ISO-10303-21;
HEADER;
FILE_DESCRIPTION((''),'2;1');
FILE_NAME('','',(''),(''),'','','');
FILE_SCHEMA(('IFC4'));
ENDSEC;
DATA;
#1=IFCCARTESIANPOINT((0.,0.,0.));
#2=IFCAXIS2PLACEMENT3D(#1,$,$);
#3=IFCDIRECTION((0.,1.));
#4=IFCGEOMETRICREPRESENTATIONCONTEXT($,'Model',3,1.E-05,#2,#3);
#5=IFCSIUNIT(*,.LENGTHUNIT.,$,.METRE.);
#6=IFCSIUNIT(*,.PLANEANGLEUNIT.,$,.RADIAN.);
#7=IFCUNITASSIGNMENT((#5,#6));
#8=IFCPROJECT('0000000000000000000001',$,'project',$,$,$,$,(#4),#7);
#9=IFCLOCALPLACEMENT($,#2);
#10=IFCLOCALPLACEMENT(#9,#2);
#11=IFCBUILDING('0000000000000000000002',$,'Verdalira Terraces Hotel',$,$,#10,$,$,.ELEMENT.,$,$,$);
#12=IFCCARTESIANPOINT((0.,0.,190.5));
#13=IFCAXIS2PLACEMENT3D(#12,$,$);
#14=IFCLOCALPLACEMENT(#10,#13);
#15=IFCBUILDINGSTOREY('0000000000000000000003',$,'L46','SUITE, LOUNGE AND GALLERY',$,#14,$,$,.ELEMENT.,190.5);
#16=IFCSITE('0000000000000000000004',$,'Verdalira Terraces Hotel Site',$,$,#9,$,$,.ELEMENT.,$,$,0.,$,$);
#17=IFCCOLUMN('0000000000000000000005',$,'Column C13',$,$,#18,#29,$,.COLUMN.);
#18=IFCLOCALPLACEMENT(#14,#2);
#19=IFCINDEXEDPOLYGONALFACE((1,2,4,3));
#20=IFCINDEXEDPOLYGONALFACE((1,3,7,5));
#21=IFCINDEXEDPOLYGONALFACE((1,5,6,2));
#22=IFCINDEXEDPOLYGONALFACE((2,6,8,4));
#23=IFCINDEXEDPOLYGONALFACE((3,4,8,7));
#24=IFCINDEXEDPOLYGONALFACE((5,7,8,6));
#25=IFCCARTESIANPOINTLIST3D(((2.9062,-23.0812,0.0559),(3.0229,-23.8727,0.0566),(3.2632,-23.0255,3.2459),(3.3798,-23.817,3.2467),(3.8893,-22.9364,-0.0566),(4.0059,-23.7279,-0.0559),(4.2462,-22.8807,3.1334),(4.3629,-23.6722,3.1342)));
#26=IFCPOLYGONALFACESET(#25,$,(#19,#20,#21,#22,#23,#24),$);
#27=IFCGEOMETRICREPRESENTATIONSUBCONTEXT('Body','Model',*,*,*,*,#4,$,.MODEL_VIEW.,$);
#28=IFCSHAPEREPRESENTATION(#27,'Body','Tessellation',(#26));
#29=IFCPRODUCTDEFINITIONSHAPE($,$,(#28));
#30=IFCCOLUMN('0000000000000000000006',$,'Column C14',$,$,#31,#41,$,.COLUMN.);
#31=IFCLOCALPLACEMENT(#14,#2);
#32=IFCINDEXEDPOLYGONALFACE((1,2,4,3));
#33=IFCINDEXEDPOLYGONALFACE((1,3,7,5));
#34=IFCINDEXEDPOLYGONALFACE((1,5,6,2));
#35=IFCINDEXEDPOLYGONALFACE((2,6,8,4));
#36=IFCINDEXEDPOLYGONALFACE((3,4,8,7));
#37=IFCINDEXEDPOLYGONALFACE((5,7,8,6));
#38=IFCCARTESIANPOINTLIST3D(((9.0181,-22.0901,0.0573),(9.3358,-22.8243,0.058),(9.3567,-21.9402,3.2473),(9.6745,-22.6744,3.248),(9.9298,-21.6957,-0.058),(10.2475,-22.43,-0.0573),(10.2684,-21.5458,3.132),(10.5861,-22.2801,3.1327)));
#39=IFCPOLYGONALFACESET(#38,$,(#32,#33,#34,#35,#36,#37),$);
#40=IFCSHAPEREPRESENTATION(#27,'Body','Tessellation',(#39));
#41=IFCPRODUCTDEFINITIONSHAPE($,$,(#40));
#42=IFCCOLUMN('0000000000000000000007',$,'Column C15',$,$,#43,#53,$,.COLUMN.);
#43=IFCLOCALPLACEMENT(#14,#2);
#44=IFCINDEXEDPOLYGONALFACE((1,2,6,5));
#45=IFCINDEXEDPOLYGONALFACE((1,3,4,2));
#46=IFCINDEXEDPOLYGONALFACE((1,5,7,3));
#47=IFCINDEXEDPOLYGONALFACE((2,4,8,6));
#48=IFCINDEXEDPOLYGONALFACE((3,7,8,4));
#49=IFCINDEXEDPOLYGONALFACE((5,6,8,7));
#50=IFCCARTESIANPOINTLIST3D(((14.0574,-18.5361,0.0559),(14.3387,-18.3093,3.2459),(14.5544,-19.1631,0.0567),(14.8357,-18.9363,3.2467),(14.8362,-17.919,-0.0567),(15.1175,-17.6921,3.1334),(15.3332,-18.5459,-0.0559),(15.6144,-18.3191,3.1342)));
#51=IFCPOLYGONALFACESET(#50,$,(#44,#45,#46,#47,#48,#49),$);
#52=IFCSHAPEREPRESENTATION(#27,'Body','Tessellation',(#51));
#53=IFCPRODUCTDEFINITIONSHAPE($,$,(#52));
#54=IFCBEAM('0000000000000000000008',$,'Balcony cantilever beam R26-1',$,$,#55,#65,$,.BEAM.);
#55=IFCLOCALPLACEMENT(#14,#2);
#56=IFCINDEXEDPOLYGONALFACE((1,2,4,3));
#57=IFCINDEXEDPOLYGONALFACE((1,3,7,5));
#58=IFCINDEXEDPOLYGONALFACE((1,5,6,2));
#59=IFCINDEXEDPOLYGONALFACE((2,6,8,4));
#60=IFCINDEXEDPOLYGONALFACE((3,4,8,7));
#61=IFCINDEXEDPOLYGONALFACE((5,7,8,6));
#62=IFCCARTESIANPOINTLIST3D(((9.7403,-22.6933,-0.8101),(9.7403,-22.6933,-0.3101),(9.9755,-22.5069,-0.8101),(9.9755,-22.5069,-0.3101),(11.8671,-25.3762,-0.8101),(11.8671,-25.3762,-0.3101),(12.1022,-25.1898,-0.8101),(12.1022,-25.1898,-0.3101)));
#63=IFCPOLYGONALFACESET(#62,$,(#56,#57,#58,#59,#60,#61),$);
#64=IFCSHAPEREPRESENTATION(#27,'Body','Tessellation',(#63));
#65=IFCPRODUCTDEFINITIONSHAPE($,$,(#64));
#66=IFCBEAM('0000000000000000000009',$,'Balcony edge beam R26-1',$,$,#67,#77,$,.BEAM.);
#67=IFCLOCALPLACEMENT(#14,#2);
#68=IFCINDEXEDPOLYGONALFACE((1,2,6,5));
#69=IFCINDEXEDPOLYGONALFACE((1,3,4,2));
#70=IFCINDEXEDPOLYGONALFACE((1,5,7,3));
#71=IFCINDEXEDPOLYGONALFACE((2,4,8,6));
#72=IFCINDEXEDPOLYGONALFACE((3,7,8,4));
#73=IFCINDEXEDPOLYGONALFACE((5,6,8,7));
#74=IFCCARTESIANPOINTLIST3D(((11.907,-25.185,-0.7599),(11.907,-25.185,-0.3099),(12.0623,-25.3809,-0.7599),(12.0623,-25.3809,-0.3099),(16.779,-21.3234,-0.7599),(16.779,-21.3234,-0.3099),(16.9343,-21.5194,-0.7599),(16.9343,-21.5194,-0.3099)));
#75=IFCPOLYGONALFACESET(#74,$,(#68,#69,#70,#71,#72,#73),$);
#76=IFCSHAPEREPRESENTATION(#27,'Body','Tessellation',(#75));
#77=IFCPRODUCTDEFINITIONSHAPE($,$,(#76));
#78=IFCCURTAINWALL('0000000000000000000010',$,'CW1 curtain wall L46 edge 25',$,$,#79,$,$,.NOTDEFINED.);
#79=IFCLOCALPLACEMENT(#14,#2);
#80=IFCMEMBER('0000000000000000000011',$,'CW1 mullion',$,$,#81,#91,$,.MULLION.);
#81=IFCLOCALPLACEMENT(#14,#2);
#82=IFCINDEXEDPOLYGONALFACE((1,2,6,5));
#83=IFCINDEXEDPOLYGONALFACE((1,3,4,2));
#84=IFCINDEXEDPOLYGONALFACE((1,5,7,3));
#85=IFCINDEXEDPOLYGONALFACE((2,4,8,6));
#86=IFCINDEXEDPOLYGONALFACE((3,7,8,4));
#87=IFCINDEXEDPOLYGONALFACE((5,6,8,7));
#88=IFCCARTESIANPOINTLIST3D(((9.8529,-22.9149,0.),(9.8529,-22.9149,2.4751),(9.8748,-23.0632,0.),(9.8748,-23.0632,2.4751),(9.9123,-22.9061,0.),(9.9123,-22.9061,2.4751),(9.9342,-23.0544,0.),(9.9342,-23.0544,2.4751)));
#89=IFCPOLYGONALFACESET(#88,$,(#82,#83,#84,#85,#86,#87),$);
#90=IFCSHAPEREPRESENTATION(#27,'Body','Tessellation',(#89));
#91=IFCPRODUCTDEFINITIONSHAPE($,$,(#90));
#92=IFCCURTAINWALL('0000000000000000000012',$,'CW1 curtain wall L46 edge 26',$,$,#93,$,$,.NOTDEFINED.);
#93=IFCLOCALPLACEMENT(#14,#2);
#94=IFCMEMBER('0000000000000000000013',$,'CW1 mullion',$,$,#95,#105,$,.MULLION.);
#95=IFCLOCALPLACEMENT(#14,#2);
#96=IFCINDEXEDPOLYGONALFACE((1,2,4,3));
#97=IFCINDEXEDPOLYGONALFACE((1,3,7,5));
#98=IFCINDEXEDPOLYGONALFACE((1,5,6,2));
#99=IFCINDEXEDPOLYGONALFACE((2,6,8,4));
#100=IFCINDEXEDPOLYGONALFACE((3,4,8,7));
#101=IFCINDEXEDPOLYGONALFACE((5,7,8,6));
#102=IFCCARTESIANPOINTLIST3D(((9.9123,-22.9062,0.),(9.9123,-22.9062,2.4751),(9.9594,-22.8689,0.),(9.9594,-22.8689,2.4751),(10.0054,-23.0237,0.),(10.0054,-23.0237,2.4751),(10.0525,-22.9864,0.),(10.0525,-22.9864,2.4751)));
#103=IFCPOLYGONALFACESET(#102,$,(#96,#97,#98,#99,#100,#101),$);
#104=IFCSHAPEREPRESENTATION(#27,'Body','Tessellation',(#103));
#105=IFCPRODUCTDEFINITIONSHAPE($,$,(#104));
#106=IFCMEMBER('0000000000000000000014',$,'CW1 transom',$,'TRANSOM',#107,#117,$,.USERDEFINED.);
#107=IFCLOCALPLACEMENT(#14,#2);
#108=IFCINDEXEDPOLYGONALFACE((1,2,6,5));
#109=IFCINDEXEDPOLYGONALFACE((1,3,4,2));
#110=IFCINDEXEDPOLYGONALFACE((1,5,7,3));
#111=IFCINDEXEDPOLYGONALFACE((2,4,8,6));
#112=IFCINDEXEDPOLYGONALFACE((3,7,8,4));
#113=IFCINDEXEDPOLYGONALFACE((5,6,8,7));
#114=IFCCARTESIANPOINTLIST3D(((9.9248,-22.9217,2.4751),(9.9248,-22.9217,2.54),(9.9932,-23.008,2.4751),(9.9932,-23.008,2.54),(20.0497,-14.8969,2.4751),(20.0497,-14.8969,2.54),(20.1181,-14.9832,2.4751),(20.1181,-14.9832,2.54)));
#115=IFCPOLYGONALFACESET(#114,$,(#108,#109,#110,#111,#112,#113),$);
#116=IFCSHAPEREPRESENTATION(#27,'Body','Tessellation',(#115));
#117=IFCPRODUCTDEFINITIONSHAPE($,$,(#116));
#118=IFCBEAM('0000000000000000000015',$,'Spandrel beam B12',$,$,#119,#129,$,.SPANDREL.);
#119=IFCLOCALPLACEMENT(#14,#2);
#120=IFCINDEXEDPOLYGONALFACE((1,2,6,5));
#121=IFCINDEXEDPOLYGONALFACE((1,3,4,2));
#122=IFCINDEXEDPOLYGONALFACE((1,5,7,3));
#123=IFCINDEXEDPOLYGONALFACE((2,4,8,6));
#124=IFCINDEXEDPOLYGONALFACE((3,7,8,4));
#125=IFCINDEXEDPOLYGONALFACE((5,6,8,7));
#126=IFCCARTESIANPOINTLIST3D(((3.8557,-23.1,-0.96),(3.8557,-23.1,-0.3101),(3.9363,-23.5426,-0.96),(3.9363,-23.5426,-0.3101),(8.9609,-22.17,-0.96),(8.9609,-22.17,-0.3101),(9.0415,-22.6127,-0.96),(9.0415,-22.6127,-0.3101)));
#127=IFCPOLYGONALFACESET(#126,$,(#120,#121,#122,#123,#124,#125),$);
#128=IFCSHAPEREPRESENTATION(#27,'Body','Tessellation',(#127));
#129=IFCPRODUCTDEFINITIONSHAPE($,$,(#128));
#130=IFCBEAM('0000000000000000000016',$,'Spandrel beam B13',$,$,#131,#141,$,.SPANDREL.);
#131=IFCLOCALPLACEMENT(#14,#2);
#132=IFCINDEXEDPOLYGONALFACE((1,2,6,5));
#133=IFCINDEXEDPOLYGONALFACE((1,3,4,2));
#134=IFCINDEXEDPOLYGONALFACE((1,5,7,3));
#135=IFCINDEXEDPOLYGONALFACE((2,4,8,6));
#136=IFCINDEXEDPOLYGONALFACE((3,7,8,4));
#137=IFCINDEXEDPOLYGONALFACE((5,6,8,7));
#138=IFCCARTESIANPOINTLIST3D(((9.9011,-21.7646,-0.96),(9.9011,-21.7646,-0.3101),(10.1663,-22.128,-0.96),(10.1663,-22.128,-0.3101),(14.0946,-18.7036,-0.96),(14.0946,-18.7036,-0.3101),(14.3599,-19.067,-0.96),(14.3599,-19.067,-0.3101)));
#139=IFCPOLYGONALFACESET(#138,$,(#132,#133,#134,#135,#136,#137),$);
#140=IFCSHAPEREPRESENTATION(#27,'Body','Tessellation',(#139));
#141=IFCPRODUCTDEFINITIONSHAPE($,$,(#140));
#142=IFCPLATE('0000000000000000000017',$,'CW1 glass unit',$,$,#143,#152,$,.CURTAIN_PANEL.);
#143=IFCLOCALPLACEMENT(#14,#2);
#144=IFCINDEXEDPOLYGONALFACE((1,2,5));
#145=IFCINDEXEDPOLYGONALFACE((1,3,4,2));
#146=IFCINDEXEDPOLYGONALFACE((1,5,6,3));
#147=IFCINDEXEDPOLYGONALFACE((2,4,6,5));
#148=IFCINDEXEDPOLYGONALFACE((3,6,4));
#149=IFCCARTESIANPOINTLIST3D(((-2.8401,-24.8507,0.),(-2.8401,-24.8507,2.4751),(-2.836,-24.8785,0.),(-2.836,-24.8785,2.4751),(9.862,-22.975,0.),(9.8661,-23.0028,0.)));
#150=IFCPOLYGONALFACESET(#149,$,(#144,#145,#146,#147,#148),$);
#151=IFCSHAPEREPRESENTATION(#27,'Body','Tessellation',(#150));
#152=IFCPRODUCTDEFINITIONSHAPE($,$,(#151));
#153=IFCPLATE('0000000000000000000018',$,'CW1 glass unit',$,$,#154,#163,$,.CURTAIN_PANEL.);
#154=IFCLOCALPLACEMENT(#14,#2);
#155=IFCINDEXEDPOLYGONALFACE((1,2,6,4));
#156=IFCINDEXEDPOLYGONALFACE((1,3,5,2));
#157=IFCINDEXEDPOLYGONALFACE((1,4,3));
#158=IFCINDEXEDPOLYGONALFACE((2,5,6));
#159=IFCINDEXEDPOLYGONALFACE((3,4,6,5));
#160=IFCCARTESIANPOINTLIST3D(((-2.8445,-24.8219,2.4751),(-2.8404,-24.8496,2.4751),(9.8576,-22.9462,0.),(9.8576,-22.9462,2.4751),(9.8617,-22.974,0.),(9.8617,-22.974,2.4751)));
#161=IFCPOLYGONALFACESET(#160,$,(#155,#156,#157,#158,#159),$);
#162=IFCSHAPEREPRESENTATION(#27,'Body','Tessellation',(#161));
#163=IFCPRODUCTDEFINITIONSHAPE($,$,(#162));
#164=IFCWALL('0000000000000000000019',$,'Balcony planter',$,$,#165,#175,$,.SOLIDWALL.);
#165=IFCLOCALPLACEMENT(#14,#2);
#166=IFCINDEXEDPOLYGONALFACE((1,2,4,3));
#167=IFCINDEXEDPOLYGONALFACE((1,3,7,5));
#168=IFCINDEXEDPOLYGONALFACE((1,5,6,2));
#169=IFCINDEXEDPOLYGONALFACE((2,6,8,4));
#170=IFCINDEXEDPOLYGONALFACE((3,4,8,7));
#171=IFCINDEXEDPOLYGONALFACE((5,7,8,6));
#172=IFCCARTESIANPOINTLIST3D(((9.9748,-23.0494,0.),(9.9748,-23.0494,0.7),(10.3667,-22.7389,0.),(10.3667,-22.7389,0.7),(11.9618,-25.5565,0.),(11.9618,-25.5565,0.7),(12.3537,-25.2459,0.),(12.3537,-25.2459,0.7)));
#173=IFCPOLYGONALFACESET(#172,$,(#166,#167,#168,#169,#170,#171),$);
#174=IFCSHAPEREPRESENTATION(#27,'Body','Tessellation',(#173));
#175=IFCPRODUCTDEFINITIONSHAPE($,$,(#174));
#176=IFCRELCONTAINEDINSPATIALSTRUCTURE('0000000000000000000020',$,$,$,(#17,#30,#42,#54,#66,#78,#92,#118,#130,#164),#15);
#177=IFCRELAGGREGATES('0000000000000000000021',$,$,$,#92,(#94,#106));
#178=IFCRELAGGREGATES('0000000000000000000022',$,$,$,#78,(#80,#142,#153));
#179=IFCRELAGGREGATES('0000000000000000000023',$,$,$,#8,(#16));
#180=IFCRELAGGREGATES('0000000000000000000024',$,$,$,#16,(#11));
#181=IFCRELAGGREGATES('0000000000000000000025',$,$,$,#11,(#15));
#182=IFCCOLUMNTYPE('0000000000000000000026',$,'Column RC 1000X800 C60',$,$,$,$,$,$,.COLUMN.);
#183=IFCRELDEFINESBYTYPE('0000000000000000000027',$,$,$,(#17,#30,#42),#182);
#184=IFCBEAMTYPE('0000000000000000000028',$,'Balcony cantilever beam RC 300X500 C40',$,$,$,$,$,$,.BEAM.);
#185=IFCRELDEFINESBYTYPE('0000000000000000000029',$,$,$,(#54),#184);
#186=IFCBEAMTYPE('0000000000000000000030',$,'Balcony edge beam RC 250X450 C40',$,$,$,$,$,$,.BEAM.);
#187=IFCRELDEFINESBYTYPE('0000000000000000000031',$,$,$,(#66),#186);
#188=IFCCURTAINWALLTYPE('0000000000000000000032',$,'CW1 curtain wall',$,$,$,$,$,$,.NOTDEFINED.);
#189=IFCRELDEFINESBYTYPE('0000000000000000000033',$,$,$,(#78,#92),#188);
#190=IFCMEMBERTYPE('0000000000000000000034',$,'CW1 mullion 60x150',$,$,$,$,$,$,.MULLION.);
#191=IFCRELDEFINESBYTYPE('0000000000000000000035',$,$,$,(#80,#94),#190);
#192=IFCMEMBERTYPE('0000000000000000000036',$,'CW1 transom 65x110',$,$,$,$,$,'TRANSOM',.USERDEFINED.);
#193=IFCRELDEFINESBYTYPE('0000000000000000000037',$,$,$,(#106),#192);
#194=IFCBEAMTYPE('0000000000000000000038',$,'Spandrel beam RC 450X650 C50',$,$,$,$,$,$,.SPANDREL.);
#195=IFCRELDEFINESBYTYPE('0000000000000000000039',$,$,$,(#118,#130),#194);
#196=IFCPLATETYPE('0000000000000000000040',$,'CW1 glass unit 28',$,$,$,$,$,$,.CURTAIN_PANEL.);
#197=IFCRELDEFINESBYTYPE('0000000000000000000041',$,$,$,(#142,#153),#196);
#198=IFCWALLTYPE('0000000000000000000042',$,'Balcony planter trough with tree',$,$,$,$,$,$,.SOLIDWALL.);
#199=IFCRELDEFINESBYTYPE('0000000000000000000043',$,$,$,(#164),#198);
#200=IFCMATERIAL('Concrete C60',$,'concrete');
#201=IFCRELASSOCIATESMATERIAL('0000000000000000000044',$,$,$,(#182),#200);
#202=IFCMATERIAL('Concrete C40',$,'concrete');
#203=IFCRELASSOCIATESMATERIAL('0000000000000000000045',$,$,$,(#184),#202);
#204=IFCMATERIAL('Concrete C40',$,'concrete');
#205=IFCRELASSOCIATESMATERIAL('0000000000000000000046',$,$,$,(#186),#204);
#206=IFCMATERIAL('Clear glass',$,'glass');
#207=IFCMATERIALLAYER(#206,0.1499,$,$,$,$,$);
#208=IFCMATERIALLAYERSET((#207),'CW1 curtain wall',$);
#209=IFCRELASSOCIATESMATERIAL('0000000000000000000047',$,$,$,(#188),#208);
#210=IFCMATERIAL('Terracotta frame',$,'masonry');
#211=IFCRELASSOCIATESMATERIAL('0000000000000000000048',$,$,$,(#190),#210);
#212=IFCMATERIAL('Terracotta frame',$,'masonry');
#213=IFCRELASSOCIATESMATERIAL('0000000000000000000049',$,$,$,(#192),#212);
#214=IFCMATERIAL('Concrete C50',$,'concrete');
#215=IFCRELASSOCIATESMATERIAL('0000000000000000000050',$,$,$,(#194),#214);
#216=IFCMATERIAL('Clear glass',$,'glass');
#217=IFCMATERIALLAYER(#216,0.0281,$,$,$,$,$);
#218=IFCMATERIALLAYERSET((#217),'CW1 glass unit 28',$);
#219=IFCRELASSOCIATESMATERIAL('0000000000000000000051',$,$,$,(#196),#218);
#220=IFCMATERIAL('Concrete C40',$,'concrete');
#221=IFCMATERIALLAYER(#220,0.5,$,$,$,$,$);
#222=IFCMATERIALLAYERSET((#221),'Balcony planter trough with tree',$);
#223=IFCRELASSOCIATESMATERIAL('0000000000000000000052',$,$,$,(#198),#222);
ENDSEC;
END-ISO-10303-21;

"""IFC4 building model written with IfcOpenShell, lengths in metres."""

from ifc_helpers import new_model, si_unit, direction, frame, frame_2d, origin, origin_2d, place, context, subcontext, project, spatial, polyline, rectangle, outline, extrude, material, layer, layer_set, material_profile, profile_set, type_object, element, aggregate, save


model = new_model("IFC4")

# Units and contexts
model_context = context("Model", 3, precision=1e-05, world=origin(), true_north=direction((0.0, 1.0)))
body_context = subcontext(model_context, "Body", "Model", "MODEL_VIEW")
ifc_project = project(units=[si_unit("LENGTHUNIT", "METRE"), si_unit("PLANEANGLEUNIT", "RADIAN")], contexts=[model_context])

# Site, building, storey
site_placement = place(None, origin())
site = spatial("IfcSite", under=ifc_project, at=site_placement, Name="Verdalira Terraces Hotel Site", CompositionType="ELEMENT", RefElevation=0.0)
building_placement = place(site_placement, origin())
building = spatial("IfcBuilding", under=site, at=building_placement, Name="Verdalira Terraces Hotel", CompositionType="ELEMENT")
storey_placement = place(building_placement, frame((0.0, 0.0, 190.5)))
storey = spatial("IfcBuildingStorey", under=building, at=storey_placement, Name="L46", Description="SUITE, LOUNGE AND GALLERY", CompositionType="ELEMENT", Elevation=190.5)

# Columns
ifc_material_1 = material(Name="Concrete C60", Category="concrete")
ifc_material_profile_1 = material_profile(ifc_material_1, rectangle(XDim=1.0, YDim=0.8, at=origin_2d()), Name="RC 1000X800")
ifc_profile_set_1 = profile_set([ifc_material_profile_1], Name="Concrete C60")
column_type = type_object("IfcColumnType", Name="Column RC 1000X800 C60", PredefinedType="COLUMN", material=ifc_profile_set_1)
column_1_placement = place(storey_placement, frame((3.4561, -23.4045, 0.0), z_axis=(0.111183, 0.017339, 0.993649), x_axis=(0.983046, 0.144773, -0.112523)))
element("IfcColumn", 1, at=column_1_placement, inside=storey, type_object=column_type, Name="Column C13", PredefinedType="COLUMN", context=body_context, shape_type="SweptSolid", body=[
    extrude(rectangle(XDim=1.0, YDim=0.8, at=origin_2d()), origin(), (0.0, 0.0, 1.0), 3.2104),
])
column_2_placement = place(storey_placement, frame((9.6328, -22.26, 0.0), z_axis=(0.105445, 0.046679, 0.993329), x_axis=(-0.91169, -0.394366, 0.115311)))
element("IfcColumn", 2, at=column_2_placement, inside=storey, type_object=column_type, Name="Column C14", PredefinedType="COLUMN", context=body_context, shape_type="SweptSolid", body=[
    extrude(rectangle(XDim=1.0, YDim=0.8, at=origin_2d()), origin(), (0.0, 0.0, 1.0), 3.2114),
])
column_3_placement = place(storey_placement, frame((14.6953, -18.541, 0.0), z_axis=(0.087608, 0.070649, 0.993647), x_axis=(0.778743, 0.617165, -0.112541)))
element("IfcColumn", 3, at=column_3_placement, inside=storey, type_object=column_type, Name="Column C15", PredefinedType="COLUMN", context=body_context, shape_type="SweptSolid", body=[
    extrude(rectangle(XDim=1.0, YDim=0.8, at=origin_2d()), origin(), (0.0, 0.0, 1.0), 3.2104),
])

# Beams
ifc_material_2 = material(Name="Concrete C40", Category="concrete")
ifc_material_profile_2 = material_profile(ifc_material_2, rectangle(XDim=0.3, YDim=0.5, at=origin_2d()), Name="RC 300X500")
ifc_profile_set_2 = profile_set([ifc_material_profile_2], Name="Concrete C40")
beam_type_1 = type_object("IfcBeamType", Name="Balcony cantilever beam RC 300X500 C40", PredefinedType="BEAM", material=ifc_profile_set_2)
beam_1_placement = place(storey_placement, frame((9.8579, -22.6001, -0.5601), z_axis=(0.621201, -0.783651, 0.0), x_axis=(0.783651, 0.621201, 0.0)))
element("IfcBeam", 4, at=beam_1_placement, inside=storey, type_object=beam_type_1, Name="Balcony cantilever beam R26-1", PredefinedType="BEAM", context=body_context, shape_type="SweptSolid", body=[
    extrude(rectangle(XDim=0.3, YDim=0.5, at=origin_2d()), origin(), (0.0, 0.0, 1.0), 3.4236),
])
ifc_material_3 = material(Name="Concrete C40", Category="concrete")
ifc_material_profile_3 = material_profile(ifc_material_3, rectangle(XDim=0.25, YDim=0.45, at=origin_2d()), Name="RC 250X450")
ifc_profile_set_3 = profile_set([ifc_material_profile_3], Name="Concrete C40")
beam_type_2 = type_object("IfcBeamType", Name="Balcony edge beam RC 250X450 C40", PredefinedType="BEAM", material=ifc_profile_set_3)
beam_2_placement = place(storey_placement, frame((11.9846, -25.283, -0.5349), z_axis=(0.783692, 0.621149, 0.0), x_axis=(-0.621149, 0.783692, 0.0)))
element("IfcBeam", 5, at=beam_2_placement, inside=storey, type_object=beam_type_2, Name="Balcony edge beam R26-1", PredefinedType="BEAM", context=body_context, shape_type="SweptSolid", body=[
    extrude(rectangle(XDim=0.25, YDim=0.45, at=origin_2d()), origin(), (0.0, 0.0, 1.0), 6.2168),
])

# Curtain wall, member
ifc_material_4 = material(Name="Clear glass", Category="glass")
ifc_layer_1 = layer(ifc_material_4, 0.1499)
ifc_layer_set_1 = layer_set([ifc_layer_1], Name="CW1 curtain wall")
curtain_wall_type = type_object("IfcCurtainWallType", Name="CW1 curtain wall", PredefinedType="NOTDEFINED", material=ifc_layer_set_1)
curtain_wall_1_placement = place(storey_placement, origin())
curtain_wall_1 = element("IfcCurtainWall", 6, at=curtain_wall_1_placement, inside=storey, type_object=curtain_wall_type, Name="CW1 curtain wall L46 edge 25", PredefinedType="NOTDEFINED")
ifc_material_5 = material(Name="Terracotta frame", Category="masonry")
ifc_material_profile_4 = material_profile(ifc_material_5, rectangle(XDim=0.0601, YDim=0.1499, at=origin_2d()), Name="MU 60x150")
ifc_profile_set_4 = profile_set([ifc_material_profile_4], Name="Terracotta frame")
member_type_1 = type_object("IfcMemberType", Name="CW1 mullion 60x150", PredefinedType="MULLION", material=ifc_profile_set_4)
member_1_placement = place(storey_placement, frame((9.8936, -22.9846, 0.0), z_axis=(0.0, 0.0, 1.0), x_axis=(0.989272, 0.146083, 0.0)))
member_1 = element("IfcMember", 7, at=member_1_placement, type_object=member_type_1, Name="CW1 mullion", PredefinedType="MULLION", context=body_context, shape_type="SweptSolid", body=[
    extrude(rectangle(XDim=0.0601, YDim=0.1499, at=origin_2d()), origin(), (0.0, 0.0, 1.0), 2.4751),
])

# Curtain wall, members
curtain_wall_2_placement = place(storey_placement, origin())
curtain_wall_2 = element("IfcCurtainWall", 8, at=curtain_wall_2_placement, inside=storey, type_object=curtain_wall_type, Name="CW1 curtain wall L46 edge 26", PredefinedType="NOTDEFINED")
member_2_placement = place(storey_placement, frame((9.9824, -22.9463, 0.0), z_axis=(0.0, 0.0, 1.0), x_axis=(0.783693, 0.621148, 0.0)))
member_2 = element("IfcMember", 9, at=member_2_placement, type_object=member_type_1, Name="CW1 mullion", PredefinedType="MULLION", context=body_context, shape_type="SweptSolid", body=[
    extrude(rectangle(XDim=0.0601, YDim=0.1499, at=origin_2d()), origin(), (0.0, 0.0, 1.0), 2.4751),
])
ifc_material_6 = material(Name="Terracotta frame", Category="masonry")
ifc_material_profile_5 = material_profile(ifc_material_6, rectangle(XDim=0.1101, YDim=0.0649, at=origin_2d()), Name="TR 65x110")
ifc_profile_set_5 = profile_set([ifc_material_profile_5], Name="Terracotta frame")
member_type_2 = type_object("IfcMemberType", Name="CW1 transom 65x110", ElementType="TRANSOM", PredefinedType="USERDEFINED", material=ifc_profile_set_5)
member_3_placement = place(storey_placement, frame((9.959, -22.9648, 2.5076), z_axis=(0.783696, 0.621144, 0.0), x_axis=(-0.621144, 0.783696, 0.0)))
member_3 = element("IfcMember", 10, at=member_3_placement, type_object=member_type_2, Name="CW1 transom", ObjectType="TRANSOM", PredefinedType="USERDEFINED", context=body_context, shape_type="SweptSolid", body=[
    extrude(rectangle(XDim=0.1101, YDim=0.0649, at=origin_2d()), origin(), (0.0, 0.0, 1.0), 12.9194),
])
aggregate(curtain_wall_2, [member_2, member_3])

# Beams
ifc_material_7 = material(Name="Concrete C50", Category="concrete")
ifc_material_profile_6 = material_profile(ifc_material_7, rectangle(XDim=0.45, YDim=0.6499, at=origin_2d()), Name="RC 450X650")
ifc_profile_set_6 = profile_set([ifc_material_profile_6], Name="Concrete C50")
beam_type_3 = type_object("IfcBeamType", Name="Spandrel beam RC 450X650 C50", PredefinedType="SPANDREL", material=ifc_profile_set_6)
beam_3_placement = place(storey_placement, frame((3.896, -23.3213, -0.635), z_axis=(0.983812, 0.179204, 0.0), x_axis=(-0.179204, 0.983812, 0.0)))
element("IfcBeam", 11, at=beam_3_placement, inside=storey, type_object=beam_type_3, Name="Spandrel beam B12", PredefinedType="SPANDREL", context=body_context, shape_type="SweptSolid", body=[
    extrude(rectangle(XDim=0.45, YDim=0.6499, at=origin_2d()), origin(), (0.0, 0.0, 1.0), 5.1892),
])
beam_4_placement = place(storey_placement, frame((10.0337, -21.9463, -0.635), z_axis=(0.807714, 0.589574, 0.0), x_axis=(-0.589574, 0.807714, 0.0)))
element("IfcBeam", 12, at=beam_4_placement, inside=storey, type_object=beam_type_3, Name="Spandrel beam B13", PredefinedType="SPANDREL", context=body_context, shape_type="SweptSolid", body=[
    extrude(rectangle(XDim=0.45, YDim=0.6499, at=origin_2d()), origin(), (0.0, 0.0, 1.0), 5.1919),
])

# Plates
ifc_material_8 = material(Name="Clear glass", Category="glass")
ifc_layer_2 = layer(ifc_material_8, 0.0281)
ifc_layer_set_2 = layer_set([ifc_layer_2], Name="CW1 glass unit 28")
plate_type = type_object("IfcPlateType", Name="CW1 glass unit 28", PredefinedType="CURTAIN_PANEL", material=ifc_layer_set_2)
plate_1_placement = place(storey_placement, frame((3.511, -23.9128, 1.2375), z_axis=(0.146083, -0.989272, 0.0), x_axis=(0.989272, 0.146083, 0.0)))
plate_1 = element("IfcPlate", 13, at=plate_1_placement, type_object=plate_type, Name="CW1 glass unit", PredefinedType="CURTAIN_PANEL", context=body_context, shape_type="SweptSolid", body=[
    extrude(outline(polyline([(-6.4199, -1.2375), (6.4199, -1.2375), (-6.4199, 1.2375), (-6.4199, -1.2375)])), origin(), (0.0, 0.0, 1.0), 0.0281),
])
plate_2_placement = place(storey_placement, frame((3.5066, -23.884, 1.2375), z_axis=(0.146083, -0.989272, 0.0), x_axis=(0.989272, 0.146083, 0.0)))
plate_2 = element("IfcPlate", 14, at=plate_2_placement, type_object=plate_type, Name="CW1 glass unit", PredefinedType="CURTAIN_PANEL", context=body_context, shape_type="SweptSolid", body=[
    extrude(outline(polyline([(6.4199, -1.2375), (6.4199, 1.2375), (-6.4199, 1.2375), (6.4199, -1.2375)])), origin(), (0.0, 0.0, 1.0), 0.0281),
])
aggregate(curtain_wall_1, [member_1, plate_1, plate_2])

# Wall
ifc_material_9 = material(Name="Concrete C40", Category="concrete")
ifc_layer_3 = layer(ifc_material_9, 0.5)
ifc_layer_set_3 = layer_set([ifc_layer_3], Name="Balcony planter trough with tree")
wall_type_1 = type_object("IfcWallType", Name="Balcony planter trough with tree", PredefinedType="SOLIDWALL", material=ifc_layer_set_3)
wall_1_placement = place(storey_placement, frame((10.1707, -22.894, 0.0), z_axis=(0.0, 0.0, 1.0), x_axis=(0.621143, -0.783698, 0.0)))
element("IfcWall", 15, at=wall_1_placement, inside=storey, type_object=wall_type_1, Name="Balcony planter", PredefinedType="SOLIDWALL", context=body_context, shape_type="SweptSolid", body=[
    extrude(rectangle(XDim=3.199, YDim=0.5, at=frame_2d((1.5996, 0.0))), origin(), (0.0, 0.0, 1.0), 0.7),
])

save(model, "model.ifc")
